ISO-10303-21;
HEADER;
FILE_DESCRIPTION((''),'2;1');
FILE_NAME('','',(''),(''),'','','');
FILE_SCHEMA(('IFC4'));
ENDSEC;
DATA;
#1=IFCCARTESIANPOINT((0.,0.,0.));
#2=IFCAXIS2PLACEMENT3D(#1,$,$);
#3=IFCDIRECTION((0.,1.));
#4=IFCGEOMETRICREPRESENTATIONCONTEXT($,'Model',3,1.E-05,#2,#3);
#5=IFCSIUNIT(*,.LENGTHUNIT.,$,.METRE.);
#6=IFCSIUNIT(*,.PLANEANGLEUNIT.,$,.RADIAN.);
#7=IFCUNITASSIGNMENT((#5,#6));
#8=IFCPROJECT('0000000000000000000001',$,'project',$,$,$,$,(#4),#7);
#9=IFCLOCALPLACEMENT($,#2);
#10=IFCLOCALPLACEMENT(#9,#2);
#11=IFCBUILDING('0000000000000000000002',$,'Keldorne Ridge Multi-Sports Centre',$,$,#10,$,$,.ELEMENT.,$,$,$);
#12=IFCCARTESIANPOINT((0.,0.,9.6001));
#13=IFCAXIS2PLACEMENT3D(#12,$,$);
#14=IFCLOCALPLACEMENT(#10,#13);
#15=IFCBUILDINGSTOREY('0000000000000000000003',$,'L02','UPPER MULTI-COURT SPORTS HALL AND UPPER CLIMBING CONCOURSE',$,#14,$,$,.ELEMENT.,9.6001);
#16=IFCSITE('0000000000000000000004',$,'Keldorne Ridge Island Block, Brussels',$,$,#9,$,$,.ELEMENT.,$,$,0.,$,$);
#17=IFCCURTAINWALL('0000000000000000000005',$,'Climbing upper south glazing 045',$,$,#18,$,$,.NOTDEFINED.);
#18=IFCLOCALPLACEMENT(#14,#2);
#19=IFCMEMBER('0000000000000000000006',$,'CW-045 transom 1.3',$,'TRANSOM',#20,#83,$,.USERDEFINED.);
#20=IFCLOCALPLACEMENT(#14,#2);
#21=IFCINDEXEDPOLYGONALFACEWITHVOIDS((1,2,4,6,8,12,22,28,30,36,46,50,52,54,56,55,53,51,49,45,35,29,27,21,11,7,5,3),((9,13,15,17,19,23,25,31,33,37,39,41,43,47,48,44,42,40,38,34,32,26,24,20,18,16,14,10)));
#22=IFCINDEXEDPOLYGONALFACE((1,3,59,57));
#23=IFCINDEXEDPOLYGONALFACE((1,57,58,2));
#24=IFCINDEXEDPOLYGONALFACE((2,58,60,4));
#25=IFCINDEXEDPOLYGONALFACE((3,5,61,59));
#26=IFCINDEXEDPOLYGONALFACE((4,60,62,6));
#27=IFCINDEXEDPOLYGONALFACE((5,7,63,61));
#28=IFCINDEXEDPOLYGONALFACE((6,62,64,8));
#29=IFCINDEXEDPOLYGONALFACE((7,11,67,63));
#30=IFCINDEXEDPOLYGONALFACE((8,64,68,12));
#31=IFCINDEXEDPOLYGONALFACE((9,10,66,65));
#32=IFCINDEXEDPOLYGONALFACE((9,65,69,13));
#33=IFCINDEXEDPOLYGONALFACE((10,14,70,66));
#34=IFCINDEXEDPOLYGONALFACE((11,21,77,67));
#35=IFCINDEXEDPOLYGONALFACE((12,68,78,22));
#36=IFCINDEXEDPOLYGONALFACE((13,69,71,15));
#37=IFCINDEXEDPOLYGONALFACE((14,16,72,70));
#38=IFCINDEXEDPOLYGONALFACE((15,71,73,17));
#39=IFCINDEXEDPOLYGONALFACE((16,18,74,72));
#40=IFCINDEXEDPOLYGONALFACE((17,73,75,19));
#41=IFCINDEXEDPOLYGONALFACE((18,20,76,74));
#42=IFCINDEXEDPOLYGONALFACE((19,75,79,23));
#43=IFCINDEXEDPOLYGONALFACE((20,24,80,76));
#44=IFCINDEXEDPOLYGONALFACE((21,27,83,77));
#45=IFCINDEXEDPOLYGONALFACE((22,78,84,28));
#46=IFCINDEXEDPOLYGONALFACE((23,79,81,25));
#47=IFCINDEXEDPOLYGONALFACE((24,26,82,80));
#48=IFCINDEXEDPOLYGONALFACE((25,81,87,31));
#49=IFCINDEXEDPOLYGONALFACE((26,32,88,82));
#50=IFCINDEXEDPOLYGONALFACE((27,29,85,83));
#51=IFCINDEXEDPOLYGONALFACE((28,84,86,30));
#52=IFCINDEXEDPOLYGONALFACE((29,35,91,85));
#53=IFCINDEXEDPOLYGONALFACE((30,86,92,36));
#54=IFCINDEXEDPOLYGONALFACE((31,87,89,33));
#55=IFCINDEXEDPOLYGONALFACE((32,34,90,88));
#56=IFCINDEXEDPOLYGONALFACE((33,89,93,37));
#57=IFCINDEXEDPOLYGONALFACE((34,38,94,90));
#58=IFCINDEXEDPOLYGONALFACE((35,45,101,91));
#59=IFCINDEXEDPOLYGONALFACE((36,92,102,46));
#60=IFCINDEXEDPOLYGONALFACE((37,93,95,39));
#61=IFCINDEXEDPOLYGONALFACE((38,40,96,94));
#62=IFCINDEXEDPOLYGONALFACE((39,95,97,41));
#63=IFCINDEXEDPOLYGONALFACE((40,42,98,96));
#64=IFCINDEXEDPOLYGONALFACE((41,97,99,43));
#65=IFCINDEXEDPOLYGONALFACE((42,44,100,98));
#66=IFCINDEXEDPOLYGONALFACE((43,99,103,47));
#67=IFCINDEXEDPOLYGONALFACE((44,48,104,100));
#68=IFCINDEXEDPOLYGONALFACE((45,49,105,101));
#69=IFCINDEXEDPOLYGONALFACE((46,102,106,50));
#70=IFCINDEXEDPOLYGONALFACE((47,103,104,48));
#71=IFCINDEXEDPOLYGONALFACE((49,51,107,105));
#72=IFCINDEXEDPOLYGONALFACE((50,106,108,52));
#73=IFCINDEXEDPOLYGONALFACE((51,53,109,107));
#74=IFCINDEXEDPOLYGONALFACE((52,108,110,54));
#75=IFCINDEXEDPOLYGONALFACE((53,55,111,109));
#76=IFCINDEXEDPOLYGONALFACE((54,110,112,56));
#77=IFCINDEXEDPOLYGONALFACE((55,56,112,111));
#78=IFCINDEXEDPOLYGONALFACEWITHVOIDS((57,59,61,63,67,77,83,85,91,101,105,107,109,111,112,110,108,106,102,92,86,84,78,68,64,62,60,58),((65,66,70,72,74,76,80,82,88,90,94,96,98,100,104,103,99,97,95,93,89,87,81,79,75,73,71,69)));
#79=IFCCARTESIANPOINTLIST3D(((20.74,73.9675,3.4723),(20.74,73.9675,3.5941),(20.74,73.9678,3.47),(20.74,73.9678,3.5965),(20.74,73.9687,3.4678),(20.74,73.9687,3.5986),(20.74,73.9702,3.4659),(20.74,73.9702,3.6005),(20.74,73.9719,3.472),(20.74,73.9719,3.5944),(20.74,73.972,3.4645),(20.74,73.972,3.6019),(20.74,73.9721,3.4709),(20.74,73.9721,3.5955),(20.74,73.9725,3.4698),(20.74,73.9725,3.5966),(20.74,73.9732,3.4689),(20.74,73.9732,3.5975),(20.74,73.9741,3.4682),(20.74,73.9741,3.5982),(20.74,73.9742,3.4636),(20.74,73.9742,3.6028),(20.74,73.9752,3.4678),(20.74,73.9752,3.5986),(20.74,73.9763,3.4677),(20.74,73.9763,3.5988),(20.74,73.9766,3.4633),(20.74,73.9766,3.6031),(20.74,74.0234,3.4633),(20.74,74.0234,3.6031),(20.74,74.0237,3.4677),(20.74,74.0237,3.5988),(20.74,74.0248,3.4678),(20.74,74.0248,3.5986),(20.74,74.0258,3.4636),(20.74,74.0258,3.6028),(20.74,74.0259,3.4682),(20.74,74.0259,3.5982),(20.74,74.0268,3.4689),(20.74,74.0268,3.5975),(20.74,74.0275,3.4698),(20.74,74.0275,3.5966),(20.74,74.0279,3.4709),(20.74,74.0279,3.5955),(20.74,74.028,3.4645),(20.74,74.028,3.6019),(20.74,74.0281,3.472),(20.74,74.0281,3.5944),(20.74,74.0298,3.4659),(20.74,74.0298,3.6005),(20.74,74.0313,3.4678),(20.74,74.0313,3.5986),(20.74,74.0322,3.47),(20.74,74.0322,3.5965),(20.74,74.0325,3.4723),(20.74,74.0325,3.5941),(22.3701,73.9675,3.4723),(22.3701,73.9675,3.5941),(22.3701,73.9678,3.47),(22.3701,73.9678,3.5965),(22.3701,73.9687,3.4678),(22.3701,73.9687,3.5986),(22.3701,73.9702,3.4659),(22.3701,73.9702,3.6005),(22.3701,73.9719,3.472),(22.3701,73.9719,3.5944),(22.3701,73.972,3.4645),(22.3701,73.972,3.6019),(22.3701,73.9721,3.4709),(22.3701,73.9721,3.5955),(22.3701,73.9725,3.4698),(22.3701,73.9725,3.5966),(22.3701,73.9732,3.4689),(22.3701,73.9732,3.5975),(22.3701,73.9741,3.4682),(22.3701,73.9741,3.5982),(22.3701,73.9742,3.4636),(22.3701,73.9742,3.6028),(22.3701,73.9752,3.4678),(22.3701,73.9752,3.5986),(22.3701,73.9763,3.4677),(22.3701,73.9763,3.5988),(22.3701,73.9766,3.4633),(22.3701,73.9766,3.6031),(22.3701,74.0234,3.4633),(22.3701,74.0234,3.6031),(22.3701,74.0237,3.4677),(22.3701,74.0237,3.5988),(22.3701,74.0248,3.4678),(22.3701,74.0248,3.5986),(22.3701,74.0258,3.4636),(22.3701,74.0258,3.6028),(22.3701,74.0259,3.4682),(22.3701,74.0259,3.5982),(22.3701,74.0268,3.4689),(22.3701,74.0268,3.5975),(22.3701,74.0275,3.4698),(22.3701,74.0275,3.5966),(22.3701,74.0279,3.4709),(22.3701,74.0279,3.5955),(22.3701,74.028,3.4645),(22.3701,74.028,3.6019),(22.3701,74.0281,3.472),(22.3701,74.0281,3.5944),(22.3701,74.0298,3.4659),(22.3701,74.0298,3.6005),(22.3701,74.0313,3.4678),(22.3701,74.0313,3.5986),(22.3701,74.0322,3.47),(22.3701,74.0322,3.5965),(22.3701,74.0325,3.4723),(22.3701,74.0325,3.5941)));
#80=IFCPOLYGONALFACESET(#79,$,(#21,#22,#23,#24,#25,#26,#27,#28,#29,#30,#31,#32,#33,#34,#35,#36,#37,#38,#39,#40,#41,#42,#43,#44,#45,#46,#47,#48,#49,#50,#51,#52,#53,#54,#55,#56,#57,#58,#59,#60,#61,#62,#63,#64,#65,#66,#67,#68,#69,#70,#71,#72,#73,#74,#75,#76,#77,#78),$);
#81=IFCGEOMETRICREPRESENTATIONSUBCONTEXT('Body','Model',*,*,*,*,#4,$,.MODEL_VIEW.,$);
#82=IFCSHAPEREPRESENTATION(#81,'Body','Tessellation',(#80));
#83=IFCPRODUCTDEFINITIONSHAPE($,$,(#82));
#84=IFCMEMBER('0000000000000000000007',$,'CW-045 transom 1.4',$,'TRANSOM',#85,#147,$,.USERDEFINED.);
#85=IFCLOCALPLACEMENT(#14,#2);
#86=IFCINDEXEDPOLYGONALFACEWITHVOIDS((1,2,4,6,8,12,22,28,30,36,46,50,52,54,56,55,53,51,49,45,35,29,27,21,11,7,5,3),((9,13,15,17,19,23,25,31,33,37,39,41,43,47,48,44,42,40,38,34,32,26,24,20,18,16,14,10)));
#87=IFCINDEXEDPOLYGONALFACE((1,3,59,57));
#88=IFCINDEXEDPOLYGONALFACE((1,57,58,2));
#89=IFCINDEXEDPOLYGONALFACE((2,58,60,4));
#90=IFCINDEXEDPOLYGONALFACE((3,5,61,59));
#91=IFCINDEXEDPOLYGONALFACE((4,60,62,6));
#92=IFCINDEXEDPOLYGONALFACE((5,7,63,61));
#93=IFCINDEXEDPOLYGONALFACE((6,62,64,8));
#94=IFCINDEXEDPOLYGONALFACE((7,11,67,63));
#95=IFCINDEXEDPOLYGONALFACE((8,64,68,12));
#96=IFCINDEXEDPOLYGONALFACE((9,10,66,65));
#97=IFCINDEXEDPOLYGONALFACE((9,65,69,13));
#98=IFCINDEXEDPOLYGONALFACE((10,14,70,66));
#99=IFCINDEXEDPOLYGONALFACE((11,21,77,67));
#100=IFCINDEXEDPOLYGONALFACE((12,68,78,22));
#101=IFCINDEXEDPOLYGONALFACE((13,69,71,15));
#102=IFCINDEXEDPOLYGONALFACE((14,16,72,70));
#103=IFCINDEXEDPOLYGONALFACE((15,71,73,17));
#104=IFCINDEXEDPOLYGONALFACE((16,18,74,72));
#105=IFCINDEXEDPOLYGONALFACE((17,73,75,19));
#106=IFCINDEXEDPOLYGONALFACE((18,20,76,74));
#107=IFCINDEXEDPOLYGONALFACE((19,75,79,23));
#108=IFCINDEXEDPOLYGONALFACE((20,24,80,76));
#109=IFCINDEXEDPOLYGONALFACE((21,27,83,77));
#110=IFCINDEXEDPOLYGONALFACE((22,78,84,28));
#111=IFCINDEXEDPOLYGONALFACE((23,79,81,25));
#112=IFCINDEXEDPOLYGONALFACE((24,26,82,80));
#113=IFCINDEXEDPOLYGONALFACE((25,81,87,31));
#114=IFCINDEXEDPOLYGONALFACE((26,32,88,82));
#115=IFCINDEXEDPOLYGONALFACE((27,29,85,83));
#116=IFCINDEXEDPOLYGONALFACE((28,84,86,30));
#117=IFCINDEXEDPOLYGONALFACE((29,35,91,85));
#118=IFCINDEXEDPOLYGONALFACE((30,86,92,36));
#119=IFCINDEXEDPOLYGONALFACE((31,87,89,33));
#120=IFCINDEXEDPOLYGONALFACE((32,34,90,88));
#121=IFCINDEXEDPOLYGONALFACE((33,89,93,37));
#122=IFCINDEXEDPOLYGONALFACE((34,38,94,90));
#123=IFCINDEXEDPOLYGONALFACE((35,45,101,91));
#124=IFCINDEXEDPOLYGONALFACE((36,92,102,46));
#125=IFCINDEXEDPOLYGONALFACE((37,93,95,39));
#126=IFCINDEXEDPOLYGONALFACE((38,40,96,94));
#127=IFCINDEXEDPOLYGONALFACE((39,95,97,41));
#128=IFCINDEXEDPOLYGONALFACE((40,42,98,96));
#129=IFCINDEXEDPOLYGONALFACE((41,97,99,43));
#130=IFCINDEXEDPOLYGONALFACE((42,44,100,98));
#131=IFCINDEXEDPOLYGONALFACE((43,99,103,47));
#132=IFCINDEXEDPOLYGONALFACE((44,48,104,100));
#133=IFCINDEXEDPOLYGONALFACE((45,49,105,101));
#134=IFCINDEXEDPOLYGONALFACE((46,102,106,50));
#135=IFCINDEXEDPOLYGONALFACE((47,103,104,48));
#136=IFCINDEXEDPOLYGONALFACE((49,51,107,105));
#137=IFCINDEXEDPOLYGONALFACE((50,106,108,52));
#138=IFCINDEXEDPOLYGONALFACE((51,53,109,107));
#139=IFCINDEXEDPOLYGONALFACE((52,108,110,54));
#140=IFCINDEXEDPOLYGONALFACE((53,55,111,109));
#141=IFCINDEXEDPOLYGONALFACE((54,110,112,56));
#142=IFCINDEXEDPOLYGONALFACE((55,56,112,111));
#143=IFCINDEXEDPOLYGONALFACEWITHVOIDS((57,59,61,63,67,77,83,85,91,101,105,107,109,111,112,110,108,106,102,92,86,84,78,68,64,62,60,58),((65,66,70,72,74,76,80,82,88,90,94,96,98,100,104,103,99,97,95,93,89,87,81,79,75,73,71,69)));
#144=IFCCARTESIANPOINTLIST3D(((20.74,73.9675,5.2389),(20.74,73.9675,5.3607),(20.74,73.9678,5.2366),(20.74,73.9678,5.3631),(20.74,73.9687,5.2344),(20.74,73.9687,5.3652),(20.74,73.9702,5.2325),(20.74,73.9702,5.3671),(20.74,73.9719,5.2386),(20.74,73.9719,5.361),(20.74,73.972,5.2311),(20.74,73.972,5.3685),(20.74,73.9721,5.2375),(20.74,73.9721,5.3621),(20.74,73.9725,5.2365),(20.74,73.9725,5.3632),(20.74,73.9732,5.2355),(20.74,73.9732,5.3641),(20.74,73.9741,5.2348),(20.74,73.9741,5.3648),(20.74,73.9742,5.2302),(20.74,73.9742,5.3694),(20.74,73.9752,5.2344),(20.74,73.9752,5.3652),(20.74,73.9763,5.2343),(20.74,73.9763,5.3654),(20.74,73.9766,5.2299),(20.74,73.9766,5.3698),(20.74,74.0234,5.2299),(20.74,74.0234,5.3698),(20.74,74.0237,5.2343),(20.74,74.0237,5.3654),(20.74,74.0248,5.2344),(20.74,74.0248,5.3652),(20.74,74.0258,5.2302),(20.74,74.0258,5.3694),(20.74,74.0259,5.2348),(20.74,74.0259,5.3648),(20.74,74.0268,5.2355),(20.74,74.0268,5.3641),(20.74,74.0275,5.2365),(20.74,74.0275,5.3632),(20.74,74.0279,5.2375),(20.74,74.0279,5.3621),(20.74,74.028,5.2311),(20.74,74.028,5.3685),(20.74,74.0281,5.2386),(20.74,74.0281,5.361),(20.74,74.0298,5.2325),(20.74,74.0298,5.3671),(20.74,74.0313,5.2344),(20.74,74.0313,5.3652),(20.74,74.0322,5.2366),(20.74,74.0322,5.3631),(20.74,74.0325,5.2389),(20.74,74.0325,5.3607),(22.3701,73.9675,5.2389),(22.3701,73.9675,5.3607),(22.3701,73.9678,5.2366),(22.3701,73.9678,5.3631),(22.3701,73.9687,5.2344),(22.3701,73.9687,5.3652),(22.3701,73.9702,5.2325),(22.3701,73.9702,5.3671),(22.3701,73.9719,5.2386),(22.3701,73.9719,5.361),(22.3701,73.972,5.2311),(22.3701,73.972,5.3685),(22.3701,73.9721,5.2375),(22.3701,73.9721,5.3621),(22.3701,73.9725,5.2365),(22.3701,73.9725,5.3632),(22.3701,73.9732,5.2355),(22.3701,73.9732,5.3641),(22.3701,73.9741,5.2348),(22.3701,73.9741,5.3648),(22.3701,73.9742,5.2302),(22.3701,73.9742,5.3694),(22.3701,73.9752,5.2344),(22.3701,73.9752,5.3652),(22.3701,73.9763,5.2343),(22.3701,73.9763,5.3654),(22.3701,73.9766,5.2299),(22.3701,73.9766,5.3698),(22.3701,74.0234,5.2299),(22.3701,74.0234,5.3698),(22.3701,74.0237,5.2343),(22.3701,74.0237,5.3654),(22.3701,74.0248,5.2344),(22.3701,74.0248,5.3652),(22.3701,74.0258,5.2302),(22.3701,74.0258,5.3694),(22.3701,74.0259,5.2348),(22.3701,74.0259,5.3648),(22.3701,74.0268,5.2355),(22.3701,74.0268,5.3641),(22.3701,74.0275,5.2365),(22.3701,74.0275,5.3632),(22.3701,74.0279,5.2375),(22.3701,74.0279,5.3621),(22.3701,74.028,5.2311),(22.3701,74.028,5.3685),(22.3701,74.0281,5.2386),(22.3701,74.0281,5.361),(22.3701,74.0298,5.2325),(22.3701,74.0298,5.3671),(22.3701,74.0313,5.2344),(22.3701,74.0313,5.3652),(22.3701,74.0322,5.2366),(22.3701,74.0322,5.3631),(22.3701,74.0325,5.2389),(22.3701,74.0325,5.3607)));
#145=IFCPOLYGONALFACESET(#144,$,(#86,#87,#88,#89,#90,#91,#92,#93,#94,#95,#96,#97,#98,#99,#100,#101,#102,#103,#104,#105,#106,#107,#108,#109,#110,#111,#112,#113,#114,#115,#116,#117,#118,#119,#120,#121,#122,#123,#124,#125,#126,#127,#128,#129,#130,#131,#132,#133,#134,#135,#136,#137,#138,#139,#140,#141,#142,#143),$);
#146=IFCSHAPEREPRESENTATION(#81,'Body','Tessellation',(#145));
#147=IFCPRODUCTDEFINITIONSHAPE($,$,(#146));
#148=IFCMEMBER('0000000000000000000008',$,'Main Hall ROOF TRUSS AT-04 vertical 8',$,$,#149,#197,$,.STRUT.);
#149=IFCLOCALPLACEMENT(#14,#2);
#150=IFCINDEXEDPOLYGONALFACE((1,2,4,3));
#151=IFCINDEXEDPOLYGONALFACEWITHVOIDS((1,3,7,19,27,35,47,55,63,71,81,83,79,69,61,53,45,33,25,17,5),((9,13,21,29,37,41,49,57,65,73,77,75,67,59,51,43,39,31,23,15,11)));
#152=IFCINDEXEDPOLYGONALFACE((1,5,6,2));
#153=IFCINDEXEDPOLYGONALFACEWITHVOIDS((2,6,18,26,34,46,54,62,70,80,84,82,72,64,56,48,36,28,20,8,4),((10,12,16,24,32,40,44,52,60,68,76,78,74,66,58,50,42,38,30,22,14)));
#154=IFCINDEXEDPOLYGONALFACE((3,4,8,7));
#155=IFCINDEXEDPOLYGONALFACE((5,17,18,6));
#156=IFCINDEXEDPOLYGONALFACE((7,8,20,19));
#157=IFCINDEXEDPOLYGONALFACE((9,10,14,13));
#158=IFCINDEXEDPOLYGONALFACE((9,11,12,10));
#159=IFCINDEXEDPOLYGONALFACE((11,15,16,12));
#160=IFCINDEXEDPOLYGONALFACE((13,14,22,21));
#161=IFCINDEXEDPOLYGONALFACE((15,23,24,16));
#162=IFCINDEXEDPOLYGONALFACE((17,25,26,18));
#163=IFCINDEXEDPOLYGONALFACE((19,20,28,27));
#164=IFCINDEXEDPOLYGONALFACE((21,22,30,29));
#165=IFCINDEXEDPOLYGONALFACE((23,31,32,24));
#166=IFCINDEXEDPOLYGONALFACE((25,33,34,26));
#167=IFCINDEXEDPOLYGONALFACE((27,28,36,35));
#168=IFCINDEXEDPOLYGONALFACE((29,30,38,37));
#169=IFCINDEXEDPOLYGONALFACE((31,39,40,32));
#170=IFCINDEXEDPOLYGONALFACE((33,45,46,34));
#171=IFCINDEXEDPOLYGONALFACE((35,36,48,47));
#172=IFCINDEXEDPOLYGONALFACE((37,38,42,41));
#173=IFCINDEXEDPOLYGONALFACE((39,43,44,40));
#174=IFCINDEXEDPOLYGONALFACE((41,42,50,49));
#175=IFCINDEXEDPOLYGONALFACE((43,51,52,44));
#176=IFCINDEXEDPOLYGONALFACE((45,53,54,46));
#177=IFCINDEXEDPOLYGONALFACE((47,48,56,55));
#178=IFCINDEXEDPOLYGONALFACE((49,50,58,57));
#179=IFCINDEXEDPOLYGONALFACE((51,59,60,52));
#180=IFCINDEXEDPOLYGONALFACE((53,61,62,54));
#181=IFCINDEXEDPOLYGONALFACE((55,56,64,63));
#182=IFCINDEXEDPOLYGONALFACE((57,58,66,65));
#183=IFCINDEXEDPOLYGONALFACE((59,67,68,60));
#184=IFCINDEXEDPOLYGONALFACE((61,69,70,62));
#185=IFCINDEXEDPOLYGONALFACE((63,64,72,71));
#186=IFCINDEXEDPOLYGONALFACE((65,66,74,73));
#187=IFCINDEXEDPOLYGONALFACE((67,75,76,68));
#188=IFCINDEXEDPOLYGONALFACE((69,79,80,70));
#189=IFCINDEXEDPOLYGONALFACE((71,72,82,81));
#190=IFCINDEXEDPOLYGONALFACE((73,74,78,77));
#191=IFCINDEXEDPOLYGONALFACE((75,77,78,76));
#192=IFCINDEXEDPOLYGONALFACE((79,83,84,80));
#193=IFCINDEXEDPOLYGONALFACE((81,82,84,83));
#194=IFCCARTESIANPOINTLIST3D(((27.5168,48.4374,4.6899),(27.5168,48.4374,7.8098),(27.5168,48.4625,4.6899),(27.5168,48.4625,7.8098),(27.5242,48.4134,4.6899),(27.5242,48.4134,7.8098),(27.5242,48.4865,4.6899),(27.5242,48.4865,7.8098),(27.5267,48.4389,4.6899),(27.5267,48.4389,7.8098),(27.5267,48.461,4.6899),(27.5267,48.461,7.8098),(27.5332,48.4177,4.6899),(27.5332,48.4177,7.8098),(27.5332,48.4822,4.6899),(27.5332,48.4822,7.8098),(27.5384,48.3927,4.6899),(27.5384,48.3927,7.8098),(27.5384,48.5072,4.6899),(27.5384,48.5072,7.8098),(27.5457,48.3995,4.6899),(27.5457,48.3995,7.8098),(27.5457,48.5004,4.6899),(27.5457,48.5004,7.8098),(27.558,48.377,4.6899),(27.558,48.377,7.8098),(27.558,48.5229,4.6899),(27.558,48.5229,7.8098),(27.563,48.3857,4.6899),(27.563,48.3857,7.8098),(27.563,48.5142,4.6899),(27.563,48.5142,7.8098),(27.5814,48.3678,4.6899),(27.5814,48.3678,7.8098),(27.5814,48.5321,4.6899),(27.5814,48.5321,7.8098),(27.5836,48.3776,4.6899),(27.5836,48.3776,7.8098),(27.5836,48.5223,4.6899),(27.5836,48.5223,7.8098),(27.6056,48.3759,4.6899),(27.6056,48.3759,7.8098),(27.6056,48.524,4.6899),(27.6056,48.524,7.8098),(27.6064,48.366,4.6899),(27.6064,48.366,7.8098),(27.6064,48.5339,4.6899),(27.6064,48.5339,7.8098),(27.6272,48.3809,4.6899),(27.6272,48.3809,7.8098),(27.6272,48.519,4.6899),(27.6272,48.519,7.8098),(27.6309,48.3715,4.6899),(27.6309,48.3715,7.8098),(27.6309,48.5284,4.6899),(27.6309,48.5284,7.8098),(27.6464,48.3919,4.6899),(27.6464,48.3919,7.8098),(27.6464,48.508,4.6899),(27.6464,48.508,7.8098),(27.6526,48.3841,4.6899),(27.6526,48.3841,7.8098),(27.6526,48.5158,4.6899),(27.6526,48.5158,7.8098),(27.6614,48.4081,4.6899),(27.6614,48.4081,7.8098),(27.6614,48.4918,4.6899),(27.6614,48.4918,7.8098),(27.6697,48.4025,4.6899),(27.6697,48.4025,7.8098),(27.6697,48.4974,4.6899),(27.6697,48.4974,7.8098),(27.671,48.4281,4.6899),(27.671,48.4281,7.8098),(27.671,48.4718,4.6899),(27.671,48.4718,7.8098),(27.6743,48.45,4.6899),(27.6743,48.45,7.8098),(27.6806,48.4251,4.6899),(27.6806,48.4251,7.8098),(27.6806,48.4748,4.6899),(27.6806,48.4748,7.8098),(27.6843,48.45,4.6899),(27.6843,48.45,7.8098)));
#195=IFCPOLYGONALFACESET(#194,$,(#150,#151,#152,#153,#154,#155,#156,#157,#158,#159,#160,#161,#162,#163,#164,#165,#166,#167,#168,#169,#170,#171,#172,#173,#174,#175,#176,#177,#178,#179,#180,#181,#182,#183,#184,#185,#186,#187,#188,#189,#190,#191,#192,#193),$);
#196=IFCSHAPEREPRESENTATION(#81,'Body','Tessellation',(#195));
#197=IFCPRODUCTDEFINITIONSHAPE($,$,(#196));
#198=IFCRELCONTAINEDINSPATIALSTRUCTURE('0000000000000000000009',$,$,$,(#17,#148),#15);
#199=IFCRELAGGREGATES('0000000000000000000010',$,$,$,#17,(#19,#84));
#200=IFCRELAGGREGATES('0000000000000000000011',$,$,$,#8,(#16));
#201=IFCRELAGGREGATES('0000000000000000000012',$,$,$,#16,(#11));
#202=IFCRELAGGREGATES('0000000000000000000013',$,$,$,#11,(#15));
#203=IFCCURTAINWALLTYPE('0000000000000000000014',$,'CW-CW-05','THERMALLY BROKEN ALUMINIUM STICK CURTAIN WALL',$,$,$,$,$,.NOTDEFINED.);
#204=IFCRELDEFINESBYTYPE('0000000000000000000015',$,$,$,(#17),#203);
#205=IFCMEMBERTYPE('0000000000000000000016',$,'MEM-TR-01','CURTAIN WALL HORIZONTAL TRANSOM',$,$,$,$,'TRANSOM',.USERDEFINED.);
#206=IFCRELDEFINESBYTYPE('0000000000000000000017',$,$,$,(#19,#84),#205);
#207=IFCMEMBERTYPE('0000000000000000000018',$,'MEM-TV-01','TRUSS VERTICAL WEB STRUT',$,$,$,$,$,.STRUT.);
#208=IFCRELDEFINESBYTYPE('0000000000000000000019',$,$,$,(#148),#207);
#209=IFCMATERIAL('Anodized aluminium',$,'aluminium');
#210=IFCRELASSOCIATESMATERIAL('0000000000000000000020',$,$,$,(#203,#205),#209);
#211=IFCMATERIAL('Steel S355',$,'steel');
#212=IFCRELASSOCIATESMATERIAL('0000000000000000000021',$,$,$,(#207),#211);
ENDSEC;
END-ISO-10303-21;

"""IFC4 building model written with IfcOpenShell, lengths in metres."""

from ifc_helpers import new_model, si_unit, direction, frame, origin, origin_2d, place, context, subcontext, project, spatial, hollow_rectangle, hollow_circle, extrude, material, material_profile, profile_set, type_object, element, aggregate, save


model = new_model("IFC4")

# Units and contexts
model_context = context("Model", 3, precision=1e-05, world=origin(), true_north=direction((0.0, 1.0)))
body_context = subcontext(model_context, "Body", "Model", "MODEL_VIEW")
ifc_project = project(units=[si_unit("LENGTHUNIT", "METRE"), si_unit("PLANEANGLEUNIT", "RADIAN")], contexts=[model_context])

# Site, building, storey
site_placement = place(None, origin())
site = spatial("IfcSite", under=ifc_project, at=site_placement, Name="Keldorne Ridge Island Block, Brussels", CompositionType="ELEMENT", RefElevation=0.0)
building_placement = place(site_placement, origin())
building = spatial("IfcBuilding", under=site, at=building_placement, Name="Keldorne Ridge Multi-Sports Centre", CompositionType="ELEMENT")
storey_placement = place(building_placement, frame((0.0, 0.0, 9.6001)))
storey = spatial("IfcBuildingStorey", under=building, at=storey_placement, Name="L02", Description="UPPER MULTI-COURT SPORTS HALL AND UPPER CLIMBING CONCOURSE", CompositionType="ELEMENT", Elevation=9.6001)

# Shared definitions
ifc_material_1 = material(Name="Steel S355", Category="steel")

# Curtain wall
ifc_material_2 = material(Name="Anodized aluminium", Category="aluminium")
curtain_wall_type = type_object("IfcCurtainWallType", Name="CW-CW-05", Description="THERMALLY BROKEN ALUMINIUM STICK CURTAIN WALL", PredefinedType="NOTDEFINED", material=ifc_material_2)
curtain_wall_placement = place(storey_placement, origin())
curtain_wall = element("IfcCurtainWall", 1, at=curtain_wall_placement, inside=storey, type_object=curtain_wall_type, Name="Climbing upper south glazing 045", PredefinedType="NOTDEFINED")

# Members
ifc_material_profile_1 = material_profile(ifc_material_2, hollow_rectangle(XDim=0.0649, YDim=0.1399, WallThickness=0.0044, InnerFilletRadius=0.0044, OuterFilletRadius=0.009, at=origin_2d()), Name="ALU TRANSOM 140x65x4.5")
ifc_profile_set_1 = profile_set([ifc_material_profile_1], Name="Anodized aluminium")
member_type_1 = type_object("IfcMemberType", Name="MEM-TR-01", Description="CURTAIN WALL HORIZONTAL TRANSOM", ElementType="TRANSOM", PredefinedType="USERDEFINED", material=ifc_profile_set_1)
member_1_placement = place(storey_placement, frame((20.74, 74.0, 3.5332), z_axis=(1.0, 0.0, 0.0), x_axis=(0.0, 1.0, 0.0)))
member_1 = element("IfcMember", 2, at=member_1_placement, type_object=member_type_1, Name="CW-045 transom 1.3", ObjectType="TRANSOM", PredefinedType="USERDEFINED", context=body_context, shape_type="SweptSolid", body=[
    extrude(hollow_rectangle(XDim=0.0649, YDim=0.1399, WallThickness=0.0044, InnerFilletRadius=0.0044, OuterFilletRadius=0.009, at=origin_2d()), origin(), (0.0, 0.0, 1.0), 1.6301),
])
member_2_placement = place(storey_placement, frame((20.74, 74.0, 5.2998), z_axis=(1.0, 0.0, 0.0), x_axis=(0.0, 1.0, 0.0)))
member_2 = element("IfcMember", 3, at=member_2_placement, type_object=member_type_1, Name="CW-045 transom 1.4", ObjectType="TRANSOM", PredefinedType="USERDEFINED", context=body_context, shape_type="SweptSolid", body=[
    extrude(hollow_rectangle(XDim=0.0649, YDim=0.1399, WallThickness=0.0044, InnerFilletRadius=0.0044, OuterFilletRadius=0.009, at=origin_2d()), origin(), (0.0, 0.0, 1.0), 1.6301),
])

# Member
ifc_material_profile_2 = material_profile(ifc_material_1, hollow_circle(Radius=0.0842, WallThickness=0.01, at=origin_2d()), Name="CHS 168.3x10")
ifc_profile_set_2 = profile_set([ifc_material_profile_2], Name="Steel S355")
member_type_2 = type_object("IfcMemberType", Name="MEM-TV-01", Description="TRUSS VERTICAL WEB STRUT", PredefinedType="STRUT", material=ifc_profile_set_2)
for number, where, z_axis, x_axis, name in (
    (4, (27.6001, 48.45, 4.6899), (0.0, 0.0, 1.0), (1.0, 0.0, 0.0), "Main Hall ROOF TRUSS AT-04 vertical 8"),
):
    element("IfcMember", number, at=place(storey_placement, frame(where, z_axis=z_axis, x_axis=x_axis)), inside=storey, type_object=member_type_2, Name=name, PredefinedType="STRUT", context=body_context, shape_type="SweptSolid", body=[
        extrude(hollow_circle(Radius=0.0842, WallThickness=0.01, at=origin_2d()), origin(), (0.0, 0.0, 1.0), 3.1199),
    ])

aggregate(curtain_wall, [member_1, member_2])

save(model, "model.ifc")
